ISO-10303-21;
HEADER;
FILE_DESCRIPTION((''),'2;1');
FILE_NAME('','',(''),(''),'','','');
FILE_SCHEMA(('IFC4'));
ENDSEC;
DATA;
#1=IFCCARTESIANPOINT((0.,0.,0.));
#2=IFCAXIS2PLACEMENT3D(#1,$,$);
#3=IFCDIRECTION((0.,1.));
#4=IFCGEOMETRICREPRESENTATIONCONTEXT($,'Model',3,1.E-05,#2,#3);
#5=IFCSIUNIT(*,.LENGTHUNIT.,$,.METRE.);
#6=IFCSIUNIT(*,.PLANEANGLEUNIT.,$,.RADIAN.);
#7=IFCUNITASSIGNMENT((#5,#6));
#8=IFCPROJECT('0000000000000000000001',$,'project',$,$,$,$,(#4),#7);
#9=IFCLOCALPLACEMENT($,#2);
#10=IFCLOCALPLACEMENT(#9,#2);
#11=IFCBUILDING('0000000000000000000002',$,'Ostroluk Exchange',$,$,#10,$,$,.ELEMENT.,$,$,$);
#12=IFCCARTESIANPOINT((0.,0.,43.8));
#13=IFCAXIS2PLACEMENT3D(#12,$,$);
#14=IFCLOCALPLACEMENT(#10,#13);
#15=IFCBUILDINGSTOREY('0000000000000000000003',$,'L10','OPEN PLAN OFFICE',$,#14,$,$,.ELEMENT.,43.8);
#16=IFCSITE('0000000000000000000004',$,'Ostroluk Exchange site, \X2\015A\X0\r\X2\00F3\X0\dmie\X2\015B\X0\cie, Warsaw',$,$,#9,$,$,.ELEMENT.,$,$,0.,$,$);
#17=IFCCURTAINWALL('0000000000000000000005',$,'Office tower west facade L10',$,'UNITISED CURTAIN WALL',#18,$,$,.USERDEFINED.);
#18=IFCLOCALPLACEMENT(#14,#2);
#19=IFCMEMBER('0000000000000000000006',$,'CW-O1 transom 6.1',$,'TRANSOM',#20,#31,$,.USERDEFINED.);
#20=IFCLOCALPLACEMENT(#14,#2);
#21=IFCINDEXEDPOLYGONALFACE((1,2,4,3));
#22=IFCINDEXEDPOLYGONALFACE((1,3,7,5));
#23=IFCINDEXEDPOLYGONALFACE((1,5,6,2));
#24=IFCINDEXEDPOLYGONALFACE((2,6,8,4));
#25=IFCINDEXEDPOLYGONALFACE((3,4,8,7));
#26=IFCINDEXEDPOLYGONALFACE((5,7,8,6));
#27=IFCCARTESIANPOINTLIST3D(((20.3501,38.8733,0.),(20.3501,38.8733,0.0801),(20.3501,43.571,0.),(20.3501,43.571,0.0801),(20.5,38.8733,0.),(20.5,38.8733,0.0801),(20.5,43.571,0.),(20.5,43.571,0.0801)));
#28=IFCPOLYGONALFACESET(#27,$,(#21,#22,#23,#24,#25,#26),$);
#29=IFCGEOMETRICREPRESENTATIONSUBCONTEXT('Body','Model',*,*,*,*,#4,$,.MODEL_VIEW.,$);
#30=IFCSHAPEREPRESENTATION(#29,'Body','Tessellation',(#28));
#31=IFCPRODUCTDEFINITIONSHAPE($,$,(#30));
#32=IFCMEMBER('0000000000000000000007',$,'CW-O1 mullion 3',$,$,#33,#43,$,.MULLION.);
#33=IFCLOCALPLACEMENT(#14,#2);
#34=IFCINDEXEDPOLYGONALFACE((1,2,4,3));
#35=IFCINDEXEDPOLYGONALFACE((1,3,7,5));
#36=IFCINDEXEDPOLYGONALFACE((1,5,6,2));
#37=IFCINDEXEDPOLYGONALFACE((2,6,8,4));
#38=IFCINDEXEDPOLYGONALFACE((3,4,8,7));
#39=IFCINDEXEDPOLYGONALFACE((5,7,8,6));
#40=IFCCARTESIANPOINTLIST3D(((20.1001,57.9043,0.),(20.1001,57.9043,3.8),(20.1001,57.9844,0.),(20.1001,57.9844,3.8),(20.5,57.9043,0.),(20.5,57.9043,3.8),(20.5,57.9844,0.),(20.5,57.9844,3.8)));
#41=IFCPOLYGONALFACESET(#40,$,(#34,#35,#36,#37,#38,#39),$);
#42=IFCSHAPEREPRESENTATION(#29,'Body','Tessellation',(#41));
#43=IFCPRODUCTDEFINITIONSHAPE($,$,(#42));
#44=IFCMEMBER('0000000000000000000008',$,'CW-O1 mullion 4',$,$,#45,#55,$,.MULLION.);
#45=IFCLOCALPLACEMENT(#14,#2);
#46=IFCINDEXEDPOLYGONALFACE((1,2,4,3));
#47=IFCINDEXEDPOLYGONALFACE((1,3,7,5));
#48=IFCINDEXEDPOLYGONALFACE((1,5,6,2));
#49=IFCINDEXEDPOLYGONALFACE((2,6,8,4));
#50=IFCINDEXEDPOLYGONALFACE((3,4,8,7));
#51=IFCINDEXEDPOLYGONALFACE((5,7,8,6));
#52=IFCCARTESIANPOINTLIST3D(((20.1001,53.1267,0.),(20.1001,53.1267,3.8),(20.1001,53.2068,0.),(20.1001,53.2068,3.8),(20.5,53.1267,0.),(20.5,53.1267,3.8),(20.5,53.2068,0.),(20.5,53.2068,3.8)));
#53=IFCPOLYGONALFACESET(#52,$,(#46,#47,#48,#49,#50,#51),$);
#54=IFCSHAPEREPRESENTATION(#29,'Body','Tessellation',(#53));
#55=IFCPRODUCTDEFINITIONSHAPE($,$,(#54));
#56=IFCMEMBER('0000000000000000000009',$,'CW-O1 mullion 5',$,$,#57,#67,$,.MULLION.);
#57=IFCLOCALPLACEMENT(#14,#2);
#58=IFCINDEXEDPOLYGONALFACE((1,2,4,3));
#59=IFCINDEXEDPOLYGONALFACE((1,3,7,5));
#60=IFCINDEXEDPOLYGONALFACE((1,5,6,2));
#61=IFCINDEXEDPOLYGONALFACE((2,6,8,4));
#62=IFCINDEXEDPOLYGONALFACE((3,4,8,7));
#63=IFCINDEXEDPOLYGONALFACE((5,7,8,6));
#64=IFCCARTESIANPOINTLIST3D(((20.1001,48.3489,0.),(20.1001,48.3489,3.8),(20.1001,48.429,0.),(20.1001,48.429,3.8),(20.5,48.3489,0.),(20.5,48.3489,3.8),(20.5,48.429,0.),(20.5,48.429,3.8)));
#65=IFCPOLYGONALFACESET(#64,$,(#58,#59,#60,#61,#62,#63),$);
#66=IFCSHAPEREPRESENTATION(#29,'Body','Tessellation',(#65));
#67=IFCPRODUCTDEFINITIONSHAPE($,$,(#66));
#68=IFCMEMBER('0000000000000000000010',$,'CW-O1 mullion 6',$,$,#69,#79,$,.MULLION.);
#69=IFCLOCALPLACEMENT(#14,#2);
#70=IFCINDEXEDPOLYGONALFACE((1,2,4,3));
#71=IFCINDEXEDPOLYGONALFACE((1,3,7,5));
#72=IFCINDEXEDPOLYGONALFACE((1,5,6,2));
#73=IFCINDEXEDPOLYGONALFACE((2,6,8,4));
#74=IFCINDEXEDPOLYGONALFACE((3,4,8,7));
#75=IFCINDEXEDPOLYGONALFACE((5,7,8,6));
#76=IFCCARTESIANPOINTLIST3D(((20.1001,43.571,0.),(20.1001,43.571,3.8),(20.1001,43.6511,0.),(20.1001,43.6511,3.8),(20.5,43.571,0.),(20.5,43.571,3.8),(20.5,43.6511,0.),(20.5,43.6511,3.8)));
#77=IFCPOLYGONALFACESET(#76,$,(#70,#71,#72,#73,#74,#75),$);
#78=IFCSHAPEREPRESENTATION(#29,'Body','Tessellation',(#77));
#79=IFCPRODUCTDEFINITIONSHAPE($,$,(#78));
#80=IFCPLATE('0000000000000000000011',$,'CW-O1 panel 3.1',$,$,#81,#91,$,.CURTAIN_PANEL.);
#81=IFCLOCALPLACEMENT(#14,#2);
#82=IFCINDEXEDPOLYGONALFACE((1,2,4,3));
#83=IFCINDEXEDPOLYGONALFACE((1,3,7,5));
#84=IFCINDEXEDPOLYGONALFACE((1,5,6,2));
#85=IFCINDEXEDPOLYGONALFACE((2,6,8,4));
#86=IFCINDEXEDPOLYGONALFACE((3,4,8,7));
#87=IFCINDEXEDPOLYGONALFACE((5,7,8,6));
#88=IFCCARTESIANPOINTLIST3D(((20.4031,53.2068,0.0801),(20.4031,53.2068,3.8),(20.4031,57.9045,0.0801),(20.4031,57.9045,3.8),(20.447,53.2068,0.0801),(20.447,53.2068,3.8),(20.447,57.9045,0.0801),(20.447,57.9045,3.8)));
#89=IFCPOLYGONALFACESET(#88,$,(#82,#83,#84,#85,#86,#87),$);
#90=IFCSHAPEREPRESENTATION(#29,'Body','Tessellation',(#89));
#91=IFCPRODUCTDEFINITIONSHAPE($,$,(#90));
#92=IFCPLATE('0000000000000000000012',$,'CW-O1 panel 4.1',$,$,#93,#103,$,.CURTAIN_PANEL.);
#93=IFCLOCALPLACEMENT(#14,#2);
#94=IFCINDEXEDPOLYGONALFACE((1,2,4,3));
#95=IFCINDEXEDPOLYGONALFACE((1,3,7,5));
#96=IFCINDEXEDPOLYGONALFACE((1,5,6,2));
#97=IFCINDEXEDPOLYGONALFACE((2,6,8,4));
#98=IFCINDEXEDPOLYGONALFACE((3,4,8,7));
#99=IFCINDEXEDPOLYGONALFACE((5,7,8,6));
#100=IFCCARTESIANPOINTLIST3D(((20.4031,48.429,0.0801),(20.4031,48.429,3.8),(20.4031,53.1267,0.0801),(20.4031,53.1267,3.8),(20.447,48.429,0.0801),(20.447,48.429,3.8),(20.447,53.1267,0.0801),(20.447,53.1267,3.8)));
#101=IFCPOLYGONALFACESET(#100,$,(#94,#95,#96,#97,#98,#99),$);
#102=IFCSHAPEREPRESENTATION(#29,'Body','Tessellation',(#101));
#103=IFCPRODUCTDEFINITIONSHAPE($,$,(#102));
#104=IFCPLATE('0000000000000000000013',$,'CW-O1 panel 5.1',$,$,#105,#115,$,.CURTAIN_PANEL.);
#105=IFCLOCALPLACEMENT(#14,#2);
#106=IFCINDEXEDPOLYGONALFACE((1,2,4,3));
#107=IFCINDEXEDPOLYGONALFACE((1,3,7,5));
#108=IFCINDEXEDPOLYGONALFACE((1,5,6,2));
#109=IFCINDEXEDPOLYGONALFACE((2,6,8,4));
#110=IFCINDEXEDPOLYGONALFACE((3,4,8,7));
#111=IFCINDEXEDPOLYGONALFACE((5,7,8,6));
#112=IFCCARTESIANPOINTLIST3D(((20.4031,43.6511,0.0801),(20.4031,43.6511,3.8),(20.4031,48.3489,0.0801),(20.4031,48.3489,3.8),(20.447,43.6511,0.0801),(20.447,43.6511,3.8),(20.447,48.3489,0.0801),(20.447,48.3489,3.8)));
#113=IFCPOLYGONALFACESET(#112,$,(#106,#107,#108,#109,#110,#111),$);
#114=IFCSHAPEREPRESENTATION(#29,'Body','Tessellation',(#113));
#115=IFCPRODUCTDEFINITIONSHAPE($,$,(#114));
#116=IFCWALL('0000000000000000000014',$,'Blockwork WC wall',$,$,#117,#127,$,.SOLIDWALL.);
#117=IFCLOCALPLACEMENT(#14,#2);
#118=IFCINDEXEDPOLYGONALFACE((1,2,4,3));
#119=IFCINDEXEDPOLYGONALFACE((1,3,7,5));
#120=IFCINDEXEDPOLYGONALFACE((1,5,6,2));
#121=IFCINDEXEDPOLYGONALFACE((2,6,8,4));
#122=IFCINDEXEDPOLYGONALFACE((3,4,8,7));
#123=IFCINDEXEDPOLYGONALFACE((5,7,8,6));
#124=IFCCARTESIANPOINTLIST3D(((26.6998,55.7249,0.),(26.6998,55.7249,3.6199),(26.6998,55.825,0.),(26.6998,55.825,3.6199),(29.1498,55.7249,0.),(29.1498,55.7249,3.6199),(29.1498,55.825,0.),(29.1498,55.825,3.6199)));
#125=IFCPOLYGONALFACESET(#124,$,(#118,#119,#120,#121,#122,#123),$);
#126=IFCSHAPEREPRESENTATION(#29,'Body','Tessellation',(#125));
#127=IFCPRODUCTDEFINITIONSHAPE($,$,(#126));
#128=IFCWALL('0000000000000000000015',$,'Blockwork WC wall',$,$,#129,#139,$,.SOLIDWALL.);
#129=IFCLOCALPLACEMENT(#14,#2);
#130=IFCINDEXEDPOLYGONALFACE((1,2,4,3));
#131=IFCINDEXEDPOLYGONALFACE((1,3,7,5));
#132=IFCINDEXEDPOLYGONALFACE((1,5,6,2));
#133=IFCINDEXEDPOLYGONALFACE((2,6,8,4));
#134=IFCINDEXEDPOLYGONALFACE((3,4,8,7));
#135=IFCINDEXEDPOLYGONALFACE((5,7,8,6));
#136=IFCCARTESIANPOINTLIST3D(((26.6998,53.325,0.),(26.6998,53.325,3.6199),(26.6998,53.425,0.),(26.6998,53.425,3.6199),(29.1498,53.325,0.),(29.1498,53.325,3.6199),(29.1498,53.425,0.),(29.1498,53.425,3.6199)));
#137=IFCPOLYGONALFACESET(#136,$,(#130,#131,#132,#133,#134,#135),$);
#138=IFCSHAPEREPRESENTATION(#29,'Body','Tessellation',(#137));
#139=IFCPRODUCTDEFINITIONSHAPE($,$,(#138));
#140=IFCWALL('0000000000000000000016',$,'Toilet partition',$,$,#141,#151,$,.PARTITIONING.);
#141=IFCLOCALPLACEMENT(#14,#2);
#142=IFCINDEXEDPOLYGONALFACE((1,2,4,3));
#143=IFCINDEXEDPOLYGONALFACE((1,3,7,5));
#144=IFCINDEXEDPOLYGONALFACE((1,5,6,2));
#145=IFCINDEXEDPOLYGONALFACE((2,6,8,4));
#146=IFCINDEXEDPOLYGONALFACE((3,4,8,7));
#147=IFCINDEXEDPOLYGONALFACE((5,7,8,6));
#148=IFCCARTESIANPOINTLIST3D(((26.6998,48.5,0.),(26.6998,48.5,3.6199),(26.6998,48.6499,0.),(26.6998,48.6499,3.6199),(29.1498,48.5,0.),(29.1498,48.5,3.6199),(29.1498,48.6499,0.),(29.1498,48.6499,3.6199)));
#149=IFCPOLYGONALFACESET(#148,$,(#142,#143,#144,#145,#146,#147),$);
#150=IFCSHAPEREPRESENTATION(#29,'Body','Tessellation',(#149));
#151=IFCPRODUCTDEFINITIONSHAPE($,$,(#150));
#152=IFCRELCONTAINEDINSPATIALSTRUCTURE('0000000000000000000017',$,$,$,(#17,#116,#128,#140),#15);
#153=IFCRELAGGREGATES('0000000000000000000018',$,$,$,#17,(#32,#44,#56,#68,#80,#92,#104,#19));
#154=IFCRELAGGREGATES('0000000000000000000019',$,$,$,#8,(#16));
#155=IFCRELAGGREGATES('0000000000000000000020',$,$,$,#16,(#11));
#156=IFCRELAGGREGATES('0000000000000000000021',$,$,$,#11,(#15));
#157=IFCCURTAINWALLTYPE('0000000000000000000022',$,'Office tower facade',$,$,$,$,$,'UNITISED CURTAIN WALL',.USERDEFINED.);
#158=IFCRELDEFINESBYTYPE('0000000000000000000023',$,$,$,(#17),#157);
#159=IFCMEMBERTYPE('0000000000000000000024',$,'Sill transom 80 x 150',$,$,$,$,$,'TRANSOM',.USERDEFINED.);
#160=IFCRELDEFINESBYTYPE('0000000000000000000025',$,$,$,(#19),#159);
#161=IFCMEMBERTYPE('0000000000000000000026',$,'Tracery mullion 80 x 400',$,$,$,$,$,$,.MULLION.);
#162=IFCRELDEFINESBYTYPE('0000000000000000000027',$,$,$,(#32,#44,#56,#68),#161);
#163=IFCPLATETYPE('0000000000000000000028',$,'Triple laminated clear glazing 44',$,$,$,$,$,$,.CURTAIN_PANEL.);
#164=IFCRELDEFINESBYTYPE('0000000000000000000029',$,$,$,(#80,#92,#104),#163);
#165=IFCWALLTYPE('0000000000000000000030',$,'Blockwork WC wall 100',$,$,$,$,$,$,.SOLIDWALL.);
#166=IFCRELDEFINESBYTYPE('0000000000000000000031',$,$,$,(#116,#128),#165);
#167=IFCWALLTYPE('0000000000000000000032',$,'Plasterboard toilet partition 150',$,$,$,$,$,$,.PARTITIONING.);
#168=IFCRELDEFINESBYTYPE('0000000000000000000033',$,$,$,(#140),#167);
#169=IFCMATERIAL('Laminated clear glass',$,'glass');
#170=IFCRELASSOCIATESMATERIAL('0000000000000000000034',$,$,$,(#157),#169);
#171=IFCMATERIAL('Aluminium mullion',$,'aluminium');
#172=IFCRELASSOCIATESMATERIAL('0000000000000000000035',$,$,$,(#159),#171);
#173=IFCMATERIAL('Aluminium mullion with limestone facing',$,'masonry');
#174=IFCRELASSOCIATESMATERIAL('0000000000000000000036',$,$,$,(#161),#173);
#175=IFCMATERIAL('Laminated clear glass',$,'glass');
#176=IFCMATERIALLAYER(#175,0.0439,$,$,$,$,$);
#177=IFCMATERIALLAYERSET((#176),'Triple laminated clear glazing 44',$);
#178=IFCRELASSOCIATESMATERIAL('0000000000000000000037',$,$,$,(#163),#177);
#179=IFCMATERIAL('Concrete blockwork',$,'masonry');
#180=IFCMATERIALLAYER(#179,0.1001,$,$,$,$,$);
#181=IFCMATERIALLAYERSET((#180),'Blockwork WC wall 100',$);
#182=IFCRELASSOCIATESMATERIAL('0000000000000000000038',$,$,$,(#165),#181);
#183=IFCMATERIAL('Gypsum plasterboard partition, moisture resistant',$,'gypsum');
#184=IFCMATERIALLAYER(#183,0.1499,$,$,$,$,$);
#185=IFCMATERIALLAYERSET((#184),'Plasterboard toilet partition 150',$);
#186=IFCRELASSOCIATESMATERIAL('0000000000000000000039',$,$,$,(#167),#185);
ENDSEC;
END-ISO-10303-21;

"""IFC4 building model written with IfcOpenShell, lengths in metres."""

from ifc_helpers import new_model, si_unit, direction, frame, frame_2d, origin, origin_2d, place, context, subcontext, project, spatial, rectangle, extrude, material, layer, layer_set, material_profile, profile_set, type_object, element, aggregate, save


model = new_model("IFC4")

# Units and contexts
model_context = context("Model", 3, precision=1e-05, world=origin(), true_north=direction((0.0, 1.0)))
body_context = subcontext(model_context, "Body", "Model", "MODEL_VIEW")
ifc_project = project(units=[si_unit("LENGTHUNIT", "METRE"), si_unit("PLANEANGLEUNIT", "RADIAN")], contexts=[model_context])

# Site, building, storey
site_placement = place(None, origin())
site = spatial("IfcSite", under=ifc_project, at=site_placement, Name="Ostroluk Exchange site, Śródmieście, Warsaw", CompositionType="ELEMENT", RefElevation=0.0)
building_placement = place(site_placement, origin())
building = spatial("IfcBuilding", under=site, at=building_placement, Name="Ostroluk Exchange", CompositionType="ELEMENT")
storey_placement = place(building_placement, frame((0.0, 0.0, 43.8)))
storey = spatial("IfcBuildingStorey", under=building, at=storey_placement, Name="L10", Description="OPEN PLAN OFFICE", CompositionType="ELEMENT", Elevation=43.8)

# Curtain wall, members, plates
ifc_material_1 = material(Name="Laminated clear glass", Category="glass")
curtain_wall_type = type_object("IfcCurtainWallType", Name="Office tower facade", ElementType="UNITISED CURTAIN WALL", PredefinedType="USERDEFINED", material=ifc_material_1)
curtain_wall_placement = place(storey_placement, origin())
curtain_wall = element("IfcCurtainWall", 1, at=curtain_wall_placement, inside=storey, type_object=curtain_wall_type, Name="Office tower west facade L10", ObjectType="UNITISED CURTAIN WALL", PredefinedType="USERDEFINED")
ifc_material_2 = material(Name="Aluminium mullion", Category="aluminium")
ifc_material_profile_1 = material_profile(ifc_material_2, rectangle(XDim=0.1499, YDim=0.0801, at=origin_2d()), Name="Sill transom 80 x 150")
ifc_profile_set_1 = profile_set([ifc_material_profile_1], Name="Aluminium mullion")
member_type_1 = type_object("IfcMemberType", Name="Sill transom 80 x 150", ElementType="TRANSOM", PredefinedType="USERDEFINED", material=ifc_profile_set_1)
member_1_placement = place(storey_placement, frame((20.425, 43.571, 0.04), z_axis=(0.0, -1.0, 0.0), x_axis=(1.0, 0.0, 0.0)))
member_1 = element("IfcMember", 2, at=member_1_placement, type_object=member_type_1, Name="CW-O1 transom 6.1", ObjectType="TRANSOM", PredefinedType="USERDEFINED", context=body_context, shape_type="SweptSolid", body=[
    extrude(rectangle(XDim=0.1499, YDim=0.0801, at=origin_2d()), origin(), (0.0, 0.0, 1.0), 4.6978),
])
ifc_material_3 = material(Name="Aluminium mullion with limestone facing", Category="masonry")
ifc_material_profile_2 = material_profile(ifc_material_3, rectangle(XDim=0.3999, YDim=0.0801, at=origin_2d()), Name="Tracery mullion 80 x 400")
ifc_profile_set_2 = profile_set([ifc_material_profile_2], Name="Aluminium mullion with limestone facing")
member_type_2 = type_object("IfcMemberType", Name="Tracery mullion 80 x 400", PredefinedType="MULLION", material=ifc_profile_set_2)
member_2_placement = place(storey_placement, frame((20.3, 57.9443, 0.0), z_axis=(0.0, 0.0, 1.0), x_axis=(1.0, 0.0, 0.0)))
member_2 = element("IfcMember", 3, at=member_2_placement, type_object=member_type_2, Name="CW-O1 mullion 3", PredefinedType="MULLION", context=body_context, shape_type="SweptSolid", body=[
    extrude(rectangle(XDim=0.3999, YDim=0.0801, at=origin_2d()), origin(), (0.0, 0.0, 1.0), 3.8),
])
member_3_placement = place(storey_placement, frame((20.3, 53.1667, 0.0), z_axis=(0.0, 0.0, 1.0), x_axis=(1.0, 0.0, 0.0)))
member_3 = element("IfcMember", 4, at=member_3_placement, type_object=member_type_2, Name="CW-O1 mullion 4", PredefinedType="MULLION", context=body_context, shape_type="SweptSolid", body=[
    extrude(rectangle(XDim=0.3999, YDim=0.0801, at=origin_2d()), origin(), (0.0, 0.0, 1.0), 3.8),
])
member_4_placement = place(storey_placement, frame((20.3, 48.3889, 0.0), z_axis=(0.0, 0.0, 1.0), x_axis=(1.0, 0.0, 0.0)))
member_4 = element("IfcMember", 5, at=member_4_placement, type_object=member_type_2, Name="CW-O1 mullion 5", PredefinedType="MULLION", context=body_context, shape_type="SweptSolid", body=[
    extrude(rectangle(XDim=0.3999, YDim=0.0801, at=origin_2d()), origin(), (0.0, 0.0, 1.0), 3.8),
])
member_5_placement = place(storey_placement, frame((20.3, 43.6111, 0.0), z_axis=(0.0, 0.0, 1.0), x_axis=(1.0, 0.0, 0.0)))
member_5 = element("IfcMember", 6, at=member_5_placement, type_object=member_type_2, Name="CW-O1 mullion 6", PredefinedType="MULLION", context=body_context, shape_type="SweptSolid", body=[
    extrude(rectangle(XDim=0.3999, YDim=0.0801, at=origin_2d()), origin(), (0.0, 0.0, 1.0), 3.8),
])
ifc_material_4 = material(Name="Laminated clear glass", Category="glass")
ifc_layer_1 = layer(ifc_material_4, 0.0439)
ifc_layer_set_1 = layer_set([ifc_layer_1], Name="Triple laminated clear glazing 44")
plate_type = type_object("IfcPlateType", Name="Triple laminated clear glazing 44", PredefinedType="CURTAIN_PANEL", material=ifc_layer_set_1)
plate_1_placement = place(storey_placement, frame((20.425, 55.5557, 0.0801), z_axis=(0.0, 0.0, 1.0), x_axis=(0.0, -1.0, 0.0)))
plate_1 = element("IfcPlate", 7, at=plate_1_placement, type_object=plate_type, Name="CW-O1 panel 3.1", PredefinedType="CURTAIN_PANEL", context=body_context, shape_type="SweptSolid", body=[
    extrude(rectangle(XDim=4.6978, YDim=0.0439, at=origin_2d()), origin(), (0.0, 0.0, 1.0), 3.72),
])
plate_2_placement = place(storey_placement, frame((20.425, 50.7778, 0.0801), z_axis=(0.0, 0.0, 1.0), x_axis=(0.0, -1.0, 0.0)))
plate_2 = element("IfcPlate", 8, at=plate_2_placement, type_object=plate_type, Name="CW-O1 panel 4.1", PredefinedType="CURTAIN_PANEL", context=body_context, shape_type="SweptSolid", body=[
    extrude(rectangle(XDim=4.6978, YDim=0.0439, at=origin_2d()), origin(), (0.0, 0.0, 1.0), 3.72),
])
plate_3_placement = place(storey_placement, frame((20.425, 46.0, 0.0801), z_axis=(0.0, 0.0, 1.0), x_axis=(0.0, -1.0, 0.0)))
plate_3 = element("IfcPlate", 9, at=plate_3_placement, type_object=plate_type, Name="CW-O1 panel 5.1", PredefinedType="CURTAIN_PANEL", context=body_context, shape_type="SweptSolid", body=[
    extrude(rectangle(XDim=4.6978, YDim=0.0439, at=origin_2d()), origin(), (0.0, 0.0, 1.0), 3.72),
])
aggregate(curtain_wall, [member_2, member_3, member_4, member_5, plate_1, plate_2, plate_3, member_1])

# Walls
ifc_material_5 = material(Name="Concrete blockwork", Category="masonry")
ifc_layer_2 = layer(ifc_material_5, 0.1001)
ifc_layer_set_2 = layer_set([ifc_layer_2], Name="Blockwork WC wall 100")
wall_type_1 = type_object("IfcWallType", Name="Blockwork WC wall 100", PredefinedType="SOLIDWALL", material=ifc_layer_set_2)
for number, where, z_axis, x_axis, name in (
    (10, (29.1499, 55.7749, 0.0), (0.0, 0.0, 1.0), (-1.0, 0.0, 0.0), "Blockwork WC wall"),
    (11, (29.1499, 53.375, 0.0), (0.0, 0.0, 1.0), (-1.0, 0.0, 0.0), "Blockwork WC wall"),
):
    element("IfcWall", number, at=place(storey_placement, frame(where, z_axis=z_axis, x_axis=x_axis)), inside=storey, type_object=wall_type_1, Name=name, PredefinedType="SOLIDWALL", context=body_context, shape_type="SweptSolid", body=[
        extrude(rectangle(XDim=2.45, YDim=0.1001, at=frame_2d((1.2251, 0.0))), origin(), (0.0, 0.0, 1.0), 3.6199),
    ])
ifc_material_6 = material(Name="Gypsum plasterboard partition, moisture resistant", Category="gypsum")
ifc_layer_3 = layer(ifc_material_6, 0.1499)
ifc_layer_set_3 = layer_set([ifc_layer_3], Name="Plasterboard toilet partition 150")
wall_type_2 = type_object("IfcWallType", Name="Plasterboard toilet partition 150", PredefinedType="PARTITIONING", material=ifc_layer_set_3)
wall_placement = place(storey_placement, frame((29.1499, 48.575, 0.0), z_axis=(0.0, 0.0, 1.0), x_axis=(-1.0, 0.0, 0.0)))
element("IfcWall", 12, at=wall_placement, inside=storey, type_object=wall_type_2, Name="Toilet partition", PredefinedType="PARTITIONING", context=body_context, shape_type="SweptSolid", body=[
    extrude(rectangle(XDim=2.45, YDim=0.1499, at=frame_2d((1.2251, 0.0))), origin(), (0.0, 0.0, 1.0), 3.6199),
])

save(model, "model.ifc")
